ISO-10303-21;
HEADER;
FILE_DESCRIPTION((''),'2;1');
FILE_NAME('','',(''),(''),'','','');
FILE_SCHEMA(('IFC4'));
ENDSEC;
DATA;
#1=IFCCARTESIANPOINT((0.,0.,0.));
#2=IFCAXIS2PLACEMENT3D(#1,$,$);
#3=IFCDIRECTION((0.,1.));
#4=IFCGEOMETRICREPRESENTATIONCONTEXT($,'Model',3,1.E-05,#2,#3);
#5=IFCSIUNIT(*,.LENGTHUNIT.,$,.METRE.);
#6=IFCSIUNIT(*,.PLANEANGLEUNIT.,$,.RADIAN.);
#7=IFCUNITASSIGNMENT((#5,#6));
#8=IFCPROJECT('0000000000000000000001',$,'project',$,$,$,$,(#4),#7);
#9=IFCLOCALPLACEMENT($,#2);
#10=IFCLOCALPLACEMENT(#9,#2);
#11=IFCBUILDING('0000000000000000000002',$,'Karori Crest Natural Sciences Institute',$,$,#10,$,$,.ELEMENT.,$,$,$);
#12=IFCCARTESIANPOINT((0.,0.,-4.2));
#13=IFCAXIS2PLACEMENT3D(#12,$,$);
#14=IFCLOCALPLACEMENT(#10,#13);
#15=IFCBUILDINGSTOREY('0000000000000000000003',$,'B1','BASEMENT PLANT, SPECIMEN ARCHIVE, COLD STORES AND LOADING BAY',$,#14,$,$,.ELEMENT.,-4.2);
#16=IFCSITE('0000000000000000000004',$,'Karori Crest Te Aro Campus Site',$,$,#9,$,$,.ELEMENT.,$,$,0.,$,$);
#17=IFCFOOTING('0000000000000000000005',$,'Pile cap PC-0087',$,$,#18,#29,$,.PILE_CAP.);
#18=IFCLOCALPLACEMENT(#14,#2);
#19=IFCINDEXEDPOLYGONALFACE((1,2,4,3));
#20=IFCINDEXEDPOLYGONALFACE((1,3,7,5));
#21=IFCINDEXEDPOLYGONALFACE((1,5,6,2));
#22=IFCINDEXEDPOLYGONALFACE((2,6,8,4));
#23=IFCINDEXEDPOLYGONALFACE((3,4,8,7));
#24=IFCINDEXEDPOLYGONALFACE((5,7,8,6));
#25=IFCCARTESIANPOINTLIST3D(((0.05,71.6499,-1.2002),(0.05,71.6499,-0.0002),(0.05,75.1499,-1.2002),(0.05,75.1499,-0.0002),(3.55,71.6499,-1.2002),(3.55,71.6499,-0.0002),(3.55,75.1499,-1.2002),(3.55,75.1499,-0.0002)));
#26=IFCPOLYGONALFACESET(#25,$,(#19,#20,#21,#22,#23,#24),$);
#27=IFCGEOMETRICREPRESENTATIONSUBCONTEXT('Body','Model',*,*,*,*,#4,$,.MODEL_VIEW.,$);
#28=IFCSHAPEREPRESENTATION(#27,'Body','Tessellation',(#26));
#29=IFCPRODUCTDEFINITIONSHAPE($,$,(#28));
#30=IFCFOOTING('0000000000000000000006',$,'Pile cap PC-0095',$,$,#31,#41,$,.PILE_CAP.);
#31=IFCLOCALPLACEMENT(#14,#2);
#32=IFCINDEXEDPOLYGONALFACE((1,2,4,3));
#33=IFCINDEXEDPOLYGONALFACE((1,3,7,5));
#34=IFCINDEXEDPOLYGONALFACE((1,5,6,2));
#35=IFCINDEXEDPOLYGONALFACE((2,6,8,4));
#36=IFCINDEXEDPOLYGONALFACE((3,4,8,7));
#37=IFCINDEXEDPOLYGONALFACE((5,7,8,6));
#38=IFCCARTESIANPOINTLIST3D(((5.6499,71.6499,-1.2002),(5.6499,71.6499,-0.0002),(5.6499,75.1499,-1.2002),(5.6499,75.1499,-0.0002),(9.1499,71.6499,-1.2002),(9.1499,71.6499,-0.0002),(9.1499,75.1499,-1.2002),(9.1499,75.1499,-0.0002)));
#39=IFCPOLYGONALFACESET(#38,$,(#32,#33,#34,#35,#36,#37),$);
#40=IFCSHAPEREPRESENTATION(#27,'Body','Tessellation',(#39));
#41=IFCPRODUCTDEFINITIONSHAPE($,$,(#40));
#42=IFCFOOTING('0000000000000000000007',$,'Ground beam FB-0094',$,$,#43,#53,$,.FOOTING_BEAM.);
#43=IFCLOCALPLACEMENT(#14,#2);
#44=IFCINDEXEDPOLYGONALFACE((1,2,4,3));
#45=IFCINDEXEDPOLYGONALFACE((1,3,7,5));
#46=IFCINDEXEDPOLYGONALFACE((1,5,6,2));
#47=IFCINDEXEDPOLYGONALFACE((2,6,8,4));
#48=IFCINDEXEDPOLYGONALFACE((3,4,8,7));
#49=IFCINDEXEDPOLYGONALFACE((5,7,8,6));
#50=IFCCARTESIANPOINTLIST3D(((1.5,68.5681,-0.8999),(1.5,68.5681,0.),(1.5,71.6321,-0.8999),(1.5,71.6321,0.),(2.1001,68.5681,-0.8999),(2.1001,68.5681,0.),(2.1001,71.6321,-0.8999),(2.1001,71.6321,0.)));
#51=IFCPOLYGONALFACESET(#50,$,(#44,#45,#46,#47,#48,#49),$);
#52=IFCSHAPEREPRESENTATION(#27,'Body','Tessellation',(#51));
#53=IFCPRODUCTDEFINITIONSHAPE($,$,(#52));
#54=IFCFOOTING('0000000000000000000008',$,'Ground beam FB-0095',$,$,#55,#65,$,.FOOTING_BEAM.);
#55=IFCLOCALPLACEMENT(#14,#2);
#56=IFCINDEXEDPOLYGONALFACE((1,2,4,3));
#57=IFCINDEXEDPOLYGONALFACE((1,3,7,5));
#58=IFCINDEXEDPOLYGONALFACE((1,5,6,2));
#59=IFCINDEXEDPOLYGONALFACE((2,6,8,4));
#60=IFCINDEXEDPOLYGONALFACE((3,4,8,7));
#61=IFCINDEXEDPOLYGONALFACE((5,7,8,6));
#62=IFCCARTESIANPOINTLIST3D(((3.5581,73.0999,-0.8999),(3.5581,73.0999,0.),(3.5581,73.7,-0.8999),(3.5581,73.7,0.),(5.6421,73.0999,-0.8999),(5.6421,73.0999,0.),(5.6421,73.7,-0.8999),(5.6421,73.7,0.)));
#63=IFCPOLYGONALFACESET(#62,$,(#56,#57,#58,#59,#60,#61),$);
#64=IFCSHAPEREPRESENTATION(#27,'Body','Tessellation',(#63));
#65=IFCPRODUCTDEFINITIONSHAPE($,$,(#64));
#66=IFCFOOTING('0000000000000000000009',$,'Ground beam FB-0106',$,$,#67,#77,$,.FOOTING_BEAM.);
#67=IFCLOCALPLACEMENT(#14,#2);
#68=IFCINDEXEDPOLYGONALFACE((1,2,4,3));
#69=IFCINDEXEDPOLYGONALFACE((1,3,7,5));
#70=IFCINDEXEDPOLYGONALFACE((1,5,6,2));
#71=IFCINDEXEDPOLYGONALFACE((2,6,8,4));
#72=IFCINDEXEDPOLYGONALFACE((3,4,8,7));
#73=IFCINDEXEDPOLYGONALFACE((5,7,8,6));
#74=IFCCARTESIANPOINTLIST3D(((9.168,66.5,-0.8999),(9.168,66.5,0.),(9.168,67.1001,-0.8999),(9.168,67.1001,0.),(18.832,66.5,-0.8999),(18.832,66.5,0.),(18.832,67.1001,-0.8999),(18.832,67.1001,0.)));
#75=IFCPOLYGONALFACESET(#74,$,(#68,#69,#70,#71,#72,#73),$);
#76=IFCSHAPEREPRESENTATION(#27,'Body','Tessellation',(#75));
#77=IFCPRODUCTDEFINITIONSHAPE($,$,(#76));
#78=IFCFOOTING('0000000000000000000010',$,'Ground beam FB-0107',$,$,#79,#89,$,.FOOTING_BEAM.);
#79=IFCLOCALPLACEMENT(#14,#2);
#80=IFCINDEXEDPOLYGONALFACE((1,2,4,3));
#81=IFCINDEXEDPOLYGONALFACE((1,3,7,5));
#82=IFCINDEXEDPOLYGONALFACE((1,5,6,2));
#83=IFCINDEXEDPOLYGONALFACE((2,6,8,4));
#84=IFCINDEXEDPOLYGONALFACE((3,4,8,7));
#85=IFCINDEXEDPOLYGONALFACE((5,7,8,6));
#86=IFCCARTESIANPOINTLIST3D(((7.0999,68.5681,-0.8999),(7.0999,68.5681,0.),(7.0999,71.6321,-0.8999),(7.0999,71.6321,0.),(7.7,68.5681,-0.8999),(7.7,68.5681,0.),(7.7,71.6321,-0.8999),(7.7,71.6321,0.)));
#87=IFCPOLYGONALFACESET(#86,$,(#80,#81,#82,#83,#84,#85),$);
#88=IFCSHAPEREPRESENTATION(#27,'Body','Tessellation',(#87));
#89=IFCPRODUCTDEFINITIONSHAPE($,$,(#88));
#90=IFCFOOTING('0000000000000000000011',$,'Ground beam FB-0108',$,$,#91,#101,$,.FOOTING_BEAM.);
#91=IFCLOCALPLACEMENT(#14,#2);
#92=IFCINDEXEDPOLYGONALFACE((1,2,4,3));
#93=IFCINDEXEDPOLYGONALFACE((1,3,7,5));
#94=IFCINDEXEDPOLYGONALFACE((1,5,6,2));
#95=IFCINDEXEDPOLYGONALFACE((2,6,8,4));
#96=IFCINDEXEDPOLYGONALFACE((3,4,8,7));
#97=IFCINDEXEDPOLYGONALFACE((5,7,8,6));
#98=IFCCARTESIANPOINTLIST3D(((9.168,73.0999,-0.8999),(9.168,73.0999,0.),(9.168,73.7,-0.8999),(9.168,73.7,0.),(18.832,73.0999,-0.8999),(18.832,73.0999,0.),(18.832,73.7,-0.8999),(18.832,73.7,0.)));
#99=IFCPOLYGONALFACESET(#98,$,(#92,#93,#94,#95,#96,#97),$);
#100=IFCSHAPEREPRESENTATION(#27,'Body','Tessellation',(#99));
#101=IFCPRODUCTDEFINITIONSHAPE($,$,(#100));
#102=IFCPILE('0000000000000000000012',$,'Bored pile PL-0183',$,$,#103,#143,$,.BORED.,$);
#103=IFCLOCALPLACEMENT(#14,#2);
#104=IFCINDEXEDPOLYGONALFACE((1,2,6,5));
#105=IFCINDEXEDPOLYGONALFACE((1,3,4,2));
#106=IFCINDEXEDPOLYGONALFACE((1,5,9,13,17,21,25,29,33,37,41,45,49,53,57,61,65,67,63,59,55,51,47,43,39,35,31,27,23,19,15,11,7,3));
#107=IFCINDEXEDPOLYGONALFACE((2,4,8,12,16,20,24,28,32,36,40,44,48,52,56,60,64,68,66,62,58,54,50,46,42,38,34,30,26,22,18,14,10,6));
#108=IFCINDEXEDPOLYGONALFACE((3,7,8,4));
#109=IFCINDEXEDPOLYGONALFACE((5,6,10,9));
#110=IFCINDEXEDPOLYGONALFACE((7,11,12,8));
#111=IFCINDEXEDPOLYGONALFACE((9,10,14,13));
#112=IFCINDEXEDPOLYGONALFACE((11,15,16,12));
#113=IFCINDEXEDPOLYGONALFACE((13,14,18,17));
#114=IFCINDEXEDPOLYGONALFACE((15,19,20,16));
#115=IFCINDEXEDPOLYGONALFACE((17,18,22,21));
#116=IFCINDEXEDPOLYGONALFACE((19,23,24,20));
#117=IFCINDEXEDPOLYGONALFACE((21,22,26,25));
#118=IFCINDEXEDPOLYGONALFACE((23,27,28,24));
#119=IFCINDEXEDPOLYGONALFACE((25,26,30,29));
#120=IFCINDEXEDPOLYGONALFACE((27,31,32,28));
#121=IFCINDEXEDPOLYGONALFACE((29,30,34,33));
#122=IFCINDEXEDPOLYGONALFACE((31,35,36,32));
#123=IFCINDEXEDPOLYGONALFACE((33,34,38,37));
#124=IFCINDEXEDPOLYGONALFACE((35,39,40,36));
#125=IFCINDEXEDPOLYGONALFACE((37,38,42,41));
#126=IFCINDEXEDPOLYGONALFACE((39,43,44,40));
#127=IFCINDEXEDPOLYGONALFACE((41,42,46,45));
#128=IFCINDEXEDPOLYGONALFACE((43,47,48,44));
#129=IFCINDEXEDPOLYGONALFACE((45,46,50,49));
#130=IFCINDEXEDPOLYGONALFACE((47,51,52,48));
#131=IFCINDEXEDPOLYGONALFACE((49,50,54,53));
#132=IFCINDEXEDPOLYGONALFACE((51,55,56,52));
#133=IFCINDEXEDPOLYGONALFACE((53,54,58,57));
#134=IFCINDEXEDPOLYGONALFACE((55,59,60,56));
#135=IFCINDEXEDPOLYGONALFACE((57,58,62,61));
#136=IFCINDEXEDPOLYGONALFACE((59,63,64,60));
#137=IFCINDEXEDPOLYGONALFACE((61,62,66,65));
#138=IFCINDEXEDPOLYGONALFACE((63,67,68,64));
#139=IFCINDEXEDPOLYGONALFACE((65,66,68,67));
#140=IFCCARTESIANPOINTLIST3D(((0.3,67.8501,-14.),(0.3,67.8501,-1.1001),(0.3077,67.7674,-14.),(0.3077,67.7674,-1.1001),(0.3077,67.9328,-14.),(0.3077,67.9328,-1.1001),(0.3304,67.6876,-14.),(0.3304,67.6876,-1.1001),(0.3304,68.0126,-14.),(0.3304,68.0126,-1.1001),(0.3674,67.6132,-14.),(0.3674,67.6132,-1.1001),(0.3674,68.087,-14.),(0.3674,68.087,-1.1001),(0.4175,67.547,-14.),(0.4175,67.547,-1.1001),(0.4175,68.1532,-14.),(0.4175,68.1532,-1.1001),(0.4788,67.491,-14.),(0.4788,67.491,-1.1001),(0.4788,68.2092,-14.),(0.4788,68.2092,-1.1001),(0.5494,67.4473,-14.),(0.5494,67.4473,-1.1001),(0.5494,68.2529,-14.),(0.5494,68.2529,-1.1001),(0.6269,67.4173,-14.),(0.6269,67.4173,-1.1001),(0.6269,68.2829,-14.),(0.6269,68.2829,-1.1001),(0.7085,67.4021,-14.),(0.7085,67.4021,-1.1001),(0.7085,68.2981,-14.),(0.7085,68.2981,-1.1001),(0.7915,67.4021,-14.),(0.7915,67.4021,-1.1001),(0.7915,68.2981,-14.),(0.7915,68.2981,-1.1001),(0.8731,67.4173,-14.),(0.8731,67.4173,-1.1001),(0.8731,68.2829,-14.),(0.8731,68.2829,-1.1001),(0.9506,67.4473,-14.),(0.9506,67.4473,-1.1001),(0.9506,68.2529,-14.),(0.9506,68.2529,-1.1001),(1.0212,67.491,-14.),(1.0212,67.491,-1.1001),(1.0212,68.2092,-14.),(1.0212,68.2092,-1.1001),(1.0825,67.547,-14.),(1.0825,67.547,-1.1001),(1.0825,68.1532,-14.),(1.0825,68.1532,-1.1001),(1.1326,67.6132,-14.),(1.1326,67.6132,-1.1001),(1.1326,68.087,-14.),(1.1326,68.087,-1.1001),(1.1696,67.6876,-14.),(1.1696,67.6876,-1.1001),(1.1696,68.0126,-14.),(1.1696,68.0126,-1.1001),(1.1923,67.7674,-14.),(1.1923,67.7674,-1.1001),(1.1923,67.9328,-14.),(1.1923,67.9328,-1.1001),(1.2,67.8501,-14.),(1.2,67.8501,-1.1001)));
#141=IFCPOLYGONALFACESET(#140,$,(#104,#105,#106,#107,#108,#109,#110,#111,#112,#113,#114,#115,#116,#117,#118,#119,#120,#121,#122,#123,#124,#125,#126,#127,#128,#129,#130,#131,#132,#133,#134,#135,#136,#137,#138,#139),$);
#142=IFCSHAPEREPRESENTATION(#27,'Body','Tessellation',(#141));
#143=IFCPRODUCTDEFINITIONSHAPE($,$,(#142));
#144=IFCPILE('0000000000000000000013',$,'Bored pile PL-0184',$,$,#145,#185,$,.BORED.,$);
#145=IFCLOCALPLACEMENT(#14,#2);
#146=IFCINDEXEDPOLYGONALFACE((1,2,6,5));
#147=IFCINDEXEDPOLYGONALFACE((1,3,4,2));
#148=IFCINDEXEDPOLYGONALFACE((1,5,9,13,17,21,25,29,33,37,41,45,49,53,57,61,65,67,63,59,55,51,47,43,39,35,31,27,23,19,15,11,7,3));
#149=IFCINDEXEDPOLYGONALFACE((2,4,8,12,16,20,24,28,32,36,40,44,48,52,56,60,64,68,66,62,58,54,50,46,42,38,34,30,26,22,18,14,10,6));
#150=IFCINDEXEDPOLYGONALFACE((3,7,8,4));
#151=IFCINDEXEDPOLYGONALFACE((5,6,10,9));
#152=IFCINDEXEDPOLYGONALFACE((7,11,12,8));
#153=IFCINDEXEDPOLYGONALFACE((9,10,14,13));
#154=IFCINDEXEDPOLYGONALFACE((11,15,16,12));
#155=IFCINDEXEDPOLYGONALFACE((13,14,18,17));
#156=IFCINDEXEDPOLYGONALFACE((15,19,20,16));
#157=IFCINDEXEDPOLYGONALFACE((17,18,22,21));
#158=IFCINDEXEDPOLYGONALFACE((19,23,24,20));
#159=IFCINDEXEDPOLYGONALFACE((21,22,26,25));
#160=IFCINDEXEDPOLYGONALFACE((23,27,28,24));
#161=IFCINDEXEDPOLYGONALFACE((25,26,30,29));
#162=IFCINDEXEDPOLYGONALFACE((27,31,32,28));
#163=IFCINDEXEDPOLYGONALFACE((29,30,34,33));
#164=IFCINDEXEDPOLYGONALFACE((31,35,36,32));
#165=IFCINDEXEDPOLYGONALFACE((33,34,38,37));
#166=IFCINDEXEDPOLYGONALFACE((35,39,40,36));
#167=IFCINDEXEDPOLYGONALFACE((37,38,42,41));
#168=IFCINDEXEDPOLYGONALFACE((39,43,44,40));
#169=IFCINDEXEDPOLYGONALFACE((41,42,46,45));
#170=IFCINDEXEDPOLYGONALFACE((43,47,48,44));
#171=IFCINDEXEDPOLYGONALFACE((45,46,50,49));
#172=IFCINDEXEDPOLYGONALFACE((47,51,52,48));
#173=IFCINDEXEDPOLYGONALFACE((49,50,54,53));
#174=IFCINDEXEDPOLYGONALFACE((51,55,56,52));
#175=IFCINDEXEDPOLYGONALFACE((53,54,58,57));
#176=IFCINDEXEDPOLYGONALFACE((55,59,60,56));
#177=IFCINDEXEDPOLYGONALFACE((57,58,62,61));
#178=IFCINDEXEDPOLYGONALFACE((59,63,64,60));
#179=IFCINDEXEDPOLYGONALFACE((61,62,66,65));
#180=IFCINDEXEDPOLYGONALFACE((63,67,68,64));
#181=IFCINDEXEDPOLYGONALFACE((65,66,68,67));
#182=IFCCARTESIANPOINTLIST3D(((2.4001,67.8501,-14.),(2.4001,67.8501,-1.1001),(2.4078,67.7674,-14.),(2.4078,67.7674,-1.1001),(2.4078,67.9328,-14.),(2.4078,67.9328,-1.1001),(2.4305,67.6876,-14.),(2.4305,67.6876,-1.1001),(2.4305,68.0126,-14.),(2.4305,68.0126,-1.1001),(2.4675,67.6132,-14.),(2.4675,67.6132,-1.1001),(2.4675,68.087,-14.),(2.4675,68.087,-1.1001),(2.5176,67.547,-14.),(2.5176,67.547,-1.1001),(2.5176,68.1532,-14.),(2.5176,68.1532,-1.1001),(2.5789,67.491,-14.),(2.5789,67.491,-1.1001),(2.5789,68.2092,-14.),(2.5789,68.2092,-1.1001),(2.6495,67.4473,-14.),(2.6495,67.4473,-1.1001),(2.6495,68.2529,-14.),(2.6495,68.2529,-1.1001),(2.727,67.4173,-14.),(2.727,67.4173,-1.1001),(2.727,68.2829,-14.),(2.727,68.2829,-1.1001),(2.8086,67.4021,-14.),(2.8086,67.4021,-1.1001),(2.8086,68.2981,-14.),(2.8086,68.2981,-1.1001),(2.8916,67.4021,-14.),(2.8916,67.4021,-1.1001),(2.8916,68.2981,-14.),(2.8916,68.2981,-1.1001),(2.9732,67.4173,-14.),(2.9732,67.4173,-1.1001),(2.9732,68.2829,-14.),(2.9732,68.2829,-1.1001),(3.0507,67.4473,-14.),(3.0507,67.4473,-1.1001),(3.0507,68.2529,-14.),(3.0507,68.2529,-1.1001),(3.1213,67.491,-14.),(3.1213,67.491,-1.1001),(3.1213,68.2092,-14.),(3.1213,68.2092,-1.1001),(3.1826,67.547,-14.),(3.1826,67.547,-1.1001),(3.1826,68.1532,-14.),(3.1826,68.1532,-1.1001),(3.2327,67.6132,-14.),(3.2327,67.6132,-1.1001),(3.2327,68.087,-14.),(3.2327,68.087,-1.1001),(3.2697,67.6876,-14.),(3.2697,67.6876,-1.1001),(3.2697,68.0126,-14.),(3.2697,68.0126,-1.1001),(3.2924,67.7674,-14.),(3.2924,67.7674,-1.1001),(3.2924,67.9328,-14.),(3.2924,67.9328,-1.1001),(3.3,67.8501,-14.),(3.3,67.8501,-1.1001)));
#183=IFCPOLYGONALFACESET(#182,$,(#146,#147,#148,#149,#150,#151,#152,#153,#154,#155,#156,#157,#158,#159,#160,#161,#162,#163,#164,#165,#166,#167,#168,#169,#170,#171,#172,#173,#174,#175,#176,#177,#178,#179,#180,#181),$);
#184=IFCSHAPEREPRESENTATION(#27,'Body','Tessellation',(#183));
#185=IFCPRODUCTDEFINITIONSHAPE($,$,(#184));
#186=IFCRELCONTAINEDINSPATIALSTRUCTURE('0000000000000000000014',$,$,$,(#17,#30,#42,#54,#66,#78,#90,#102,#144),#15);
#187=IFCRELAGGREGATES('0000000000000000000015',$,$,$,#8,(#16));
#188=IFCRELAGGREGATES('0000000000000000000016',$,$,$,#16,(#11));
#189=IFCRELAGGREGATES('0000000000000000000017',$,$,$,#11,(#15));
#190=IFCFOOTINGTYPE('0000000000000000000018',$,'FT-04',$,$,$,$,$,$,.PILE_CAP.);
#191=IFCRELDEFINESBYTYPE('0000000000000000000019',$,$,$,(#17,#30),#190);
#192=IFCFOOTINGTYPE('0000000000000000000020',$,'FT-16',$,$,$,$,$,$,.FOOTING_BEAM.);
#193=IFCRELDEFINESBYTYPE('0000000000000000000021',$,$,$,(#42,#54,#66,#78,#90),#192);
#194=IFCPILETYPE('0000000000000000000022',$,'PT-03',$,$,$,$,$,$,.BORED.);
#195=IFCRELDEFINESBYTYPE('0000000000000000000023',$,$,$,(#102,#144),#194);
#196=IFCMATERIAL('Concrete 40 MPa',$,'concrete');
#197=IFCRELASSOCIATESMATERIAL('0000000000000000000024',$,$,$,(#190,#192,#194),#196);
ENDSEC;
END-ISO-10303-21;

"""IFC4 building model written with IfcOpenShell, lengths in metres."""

from ifc_helpers import new_model, si_unit, direction, frame, origin, origin_2d, place, context, subcontext, project, spatial, rectangle, circle, extrude, material, material_profile, profile_set, type_object, element, save


model = new_model("IFC4")

# Units and contexts
model_context = context("Model", 3, precision=1e-05, world=origin(), true_north=direction((0.0, 1.0)))
body_context = subcontext(model_context, "Body", "Model", "MODEL_VIEW")
ifc_project = project(units=[si_unit("LENGTHUNIT", "METRE"), si_unit("PLANEANGLEUNIT", "RADIAN")], contexts=[model_context])

# Site, building, storey
site_placement = place(None, origin())
site = spatial("IfcSite", under=ifc_project, at=site_placement, Name="Karori Crest Te Aro Campus Site", CompositionType="ELEMENT", RefElevation=0.0)
building_placement = place(site_placement, origin())
building = spatial("IfcBuilding", under=site, at=building_placement, Name="Karori Crest Natural Sciences Institute", CompositionType="ELEMENT")
storey_placement = place(building_placement, frame((0.0, 0.0, -4.2)))
storey = spatial("IfcBuildingStorey", under=building, at=storey_placement, Name="B1", Description="BASEMENT PLANT, SPECIMEN ARCHIVE, COLD STORES AND LOADING BAY", CompositionType="ELEMENT", Elevation=-4.2)

# Footings
ifc_material_1 = material(Name="Concrete 40 MPa", Category="concrete")
footing_type_1 = type_object("IfcFootingType", Name="FT-04", PredefinedType="PILE_CAP", material=ifc_material_1)
for number, where, z_axis, x_axis, name in (
    (1, (1.8, 73.3999, -1.2002), (0.0, 0.0, 1.0), (1.0, 0.0, 0.0), "Pile cap PC-0087"),
    (2, (7.3999, 73.3999, -1.2002), (0.0, 0.0, 1.0), (1.0, 0.0, 0.0), "Pile cap PC-0095"),
):
    element("IfcFooting", number, at=place(storey_placement, frame(where, z_axis=z_axis, x_axis=x_axis)), inside=storey, type_object=footing_type_1, Name=name, PredefinedType="PILE_CAP", context=body_context, shape_type="SweptSolid", body=[
        extrude(rectangle(XDim=3.5, YDim=3.5, at=origin_2d()), origin(), (0.0, 0.0, 1.0), 1.2),
    ])
footing_type_2 = type_object("IfcFootingType", Name="FT-16", PredefinedType="FOOTING_BEAM", material=ifc_material_1)
footing_1_placement = place(storey_placement, frame((1.8, 70.1001, -0.8999), z_axis=(0.0, 0.0, 1.0), x_axis=(0.0, 1.0, 0.0)))
element("IfcFooting", 3, at=footing_1_placement, inside=storey, type_object=footing_type_2, Name="Ground beam FB-0094", PredefinedType="FOOTING_BEAM", context=body_context, shape_type="SweptSolid", body=[
    extrude(rectangle(XDim=3.064, YDim=0.6001, at=origin_2d()), origin(), (0.0, 0.0, 1.0), 0.8999),
])
footing_2_placement = place(storey_placement, frame((4.6001, 73.3999, -0.8999), z_axis=(0.0, 0.0, 1.0), x_axis=(1.0, 0.0, 0.0)))
element("IfcFooting", 4, at=footing_2_placement, inside=storey, type_object=footing_type_2, Name="Ground beam FB-0095", PredefinedType="FOOTING_BEAM", context=body_context, shape_type="SweptSolid", body=[
    extrude(rectangle(XDim=2.084, YDim=0.6001, at=origin_2d()), origin(), (0.0, 0.0, 1.0), 0.8999),
])
footing_3_placement = place(storey_placement, frame((14.0, 66.8, -0.8999), z_axis=(0.0, 0.0, 1.0), x_axis=(1.0, 0.0, 0.0)))
element("IfcFooting", 5, at=footing_3_placement, inside=storey, type_object=footing_type_2, Name="Ground beam FB-0106", PredefinedType="FOOTING_BEAM", context=body_context, shape_type="SweptSolid", body=[
    extrude(rectangle(XDim=9.6641, YDim=0.6001, at=origin_2d()), origin(), (0.0, 0.0, 1.0), 0.8999),
])
footing_4_placement = place(storey_placement, frame((7.3999, 70.1001, -0.8999), z_axis=(0.0, 0.0, 1.0), x_axis=(0.0, 1.0, 0.0)))
element("IfcFooting", 6, at=footing_4_placement, inside=storey, type_object=footing_type_2, Name="Ground beam FB-0107", PredefinedType="FOOTING_BEAM", context=body_context, shape_type="SweptSolid", body=[
    extrude(rectangle(XDim=3.064, YDim=0.6001, at=origin_2d()), origin(), (0.0, 0.0, 1.0), 0.8999),
])
footing_5_placement = place(storey_placement, frame((14.0, 73.3999, -0.8999), z_axis=(0.0, 0.0, 1.0), x_axis=(1.0, 0.0, 0.0)))
element("IfcFooting", 7, at=footing_5_placement, inside=storey, type_object=footing_type_2, Name="Ground beam FB-0108", PredefinedType="FOOTING_BEAM", context=body_context, shape_type="SweptSolid", body=[
    extrude(rectangle(XDim=9.6641, YDim=0.6001, at=origin_2d()), origin(), (0.0, 0.0, 1.0), 0.8999),
])

# Piles
ifc_material_profile_1 = material_profile(ifc_material_1, circle(Radius=0.45, at=origin_2d()), Name="PILE900")
ifc_profile_set_1 = profile_set([ifc_material_profile_1], Name="Concrete 40 MPa")
pile_type_1 = type_object("IfcPileType", Name="PT-03", PredefinedType="BORED", material=ifc_profile_set_1)
for number, where, z_axis, x_axis, name in (
    (8, (0.75, 67.8501, -1.1001), (0.0, 0.0, -1.0), (1.0, 0.0, 0.0), "Bored pile PL-0183"),
    (9, (2.8501, 67.8501, -1.1001), (0.0, 0.0, -1.0), (1.0, 0.0, 0.0), "Bored pile PL-0184"),
):
    element("IfcPile", number, at=place(storey_placement, frame(where, z_axis=z_axis, x_axis=x_axis)), inside=storey, type_object=pile_type_1, Name=name, PredefinedType="BORED", context=body_context, shape_type="SweptSolid", body=[
        extrude(circle(Radius=0.45, at=origin_2d()), origin(), (0.0, 0.0, 1.0), 12.8999),
    ])

save(model, "model.ifc")
